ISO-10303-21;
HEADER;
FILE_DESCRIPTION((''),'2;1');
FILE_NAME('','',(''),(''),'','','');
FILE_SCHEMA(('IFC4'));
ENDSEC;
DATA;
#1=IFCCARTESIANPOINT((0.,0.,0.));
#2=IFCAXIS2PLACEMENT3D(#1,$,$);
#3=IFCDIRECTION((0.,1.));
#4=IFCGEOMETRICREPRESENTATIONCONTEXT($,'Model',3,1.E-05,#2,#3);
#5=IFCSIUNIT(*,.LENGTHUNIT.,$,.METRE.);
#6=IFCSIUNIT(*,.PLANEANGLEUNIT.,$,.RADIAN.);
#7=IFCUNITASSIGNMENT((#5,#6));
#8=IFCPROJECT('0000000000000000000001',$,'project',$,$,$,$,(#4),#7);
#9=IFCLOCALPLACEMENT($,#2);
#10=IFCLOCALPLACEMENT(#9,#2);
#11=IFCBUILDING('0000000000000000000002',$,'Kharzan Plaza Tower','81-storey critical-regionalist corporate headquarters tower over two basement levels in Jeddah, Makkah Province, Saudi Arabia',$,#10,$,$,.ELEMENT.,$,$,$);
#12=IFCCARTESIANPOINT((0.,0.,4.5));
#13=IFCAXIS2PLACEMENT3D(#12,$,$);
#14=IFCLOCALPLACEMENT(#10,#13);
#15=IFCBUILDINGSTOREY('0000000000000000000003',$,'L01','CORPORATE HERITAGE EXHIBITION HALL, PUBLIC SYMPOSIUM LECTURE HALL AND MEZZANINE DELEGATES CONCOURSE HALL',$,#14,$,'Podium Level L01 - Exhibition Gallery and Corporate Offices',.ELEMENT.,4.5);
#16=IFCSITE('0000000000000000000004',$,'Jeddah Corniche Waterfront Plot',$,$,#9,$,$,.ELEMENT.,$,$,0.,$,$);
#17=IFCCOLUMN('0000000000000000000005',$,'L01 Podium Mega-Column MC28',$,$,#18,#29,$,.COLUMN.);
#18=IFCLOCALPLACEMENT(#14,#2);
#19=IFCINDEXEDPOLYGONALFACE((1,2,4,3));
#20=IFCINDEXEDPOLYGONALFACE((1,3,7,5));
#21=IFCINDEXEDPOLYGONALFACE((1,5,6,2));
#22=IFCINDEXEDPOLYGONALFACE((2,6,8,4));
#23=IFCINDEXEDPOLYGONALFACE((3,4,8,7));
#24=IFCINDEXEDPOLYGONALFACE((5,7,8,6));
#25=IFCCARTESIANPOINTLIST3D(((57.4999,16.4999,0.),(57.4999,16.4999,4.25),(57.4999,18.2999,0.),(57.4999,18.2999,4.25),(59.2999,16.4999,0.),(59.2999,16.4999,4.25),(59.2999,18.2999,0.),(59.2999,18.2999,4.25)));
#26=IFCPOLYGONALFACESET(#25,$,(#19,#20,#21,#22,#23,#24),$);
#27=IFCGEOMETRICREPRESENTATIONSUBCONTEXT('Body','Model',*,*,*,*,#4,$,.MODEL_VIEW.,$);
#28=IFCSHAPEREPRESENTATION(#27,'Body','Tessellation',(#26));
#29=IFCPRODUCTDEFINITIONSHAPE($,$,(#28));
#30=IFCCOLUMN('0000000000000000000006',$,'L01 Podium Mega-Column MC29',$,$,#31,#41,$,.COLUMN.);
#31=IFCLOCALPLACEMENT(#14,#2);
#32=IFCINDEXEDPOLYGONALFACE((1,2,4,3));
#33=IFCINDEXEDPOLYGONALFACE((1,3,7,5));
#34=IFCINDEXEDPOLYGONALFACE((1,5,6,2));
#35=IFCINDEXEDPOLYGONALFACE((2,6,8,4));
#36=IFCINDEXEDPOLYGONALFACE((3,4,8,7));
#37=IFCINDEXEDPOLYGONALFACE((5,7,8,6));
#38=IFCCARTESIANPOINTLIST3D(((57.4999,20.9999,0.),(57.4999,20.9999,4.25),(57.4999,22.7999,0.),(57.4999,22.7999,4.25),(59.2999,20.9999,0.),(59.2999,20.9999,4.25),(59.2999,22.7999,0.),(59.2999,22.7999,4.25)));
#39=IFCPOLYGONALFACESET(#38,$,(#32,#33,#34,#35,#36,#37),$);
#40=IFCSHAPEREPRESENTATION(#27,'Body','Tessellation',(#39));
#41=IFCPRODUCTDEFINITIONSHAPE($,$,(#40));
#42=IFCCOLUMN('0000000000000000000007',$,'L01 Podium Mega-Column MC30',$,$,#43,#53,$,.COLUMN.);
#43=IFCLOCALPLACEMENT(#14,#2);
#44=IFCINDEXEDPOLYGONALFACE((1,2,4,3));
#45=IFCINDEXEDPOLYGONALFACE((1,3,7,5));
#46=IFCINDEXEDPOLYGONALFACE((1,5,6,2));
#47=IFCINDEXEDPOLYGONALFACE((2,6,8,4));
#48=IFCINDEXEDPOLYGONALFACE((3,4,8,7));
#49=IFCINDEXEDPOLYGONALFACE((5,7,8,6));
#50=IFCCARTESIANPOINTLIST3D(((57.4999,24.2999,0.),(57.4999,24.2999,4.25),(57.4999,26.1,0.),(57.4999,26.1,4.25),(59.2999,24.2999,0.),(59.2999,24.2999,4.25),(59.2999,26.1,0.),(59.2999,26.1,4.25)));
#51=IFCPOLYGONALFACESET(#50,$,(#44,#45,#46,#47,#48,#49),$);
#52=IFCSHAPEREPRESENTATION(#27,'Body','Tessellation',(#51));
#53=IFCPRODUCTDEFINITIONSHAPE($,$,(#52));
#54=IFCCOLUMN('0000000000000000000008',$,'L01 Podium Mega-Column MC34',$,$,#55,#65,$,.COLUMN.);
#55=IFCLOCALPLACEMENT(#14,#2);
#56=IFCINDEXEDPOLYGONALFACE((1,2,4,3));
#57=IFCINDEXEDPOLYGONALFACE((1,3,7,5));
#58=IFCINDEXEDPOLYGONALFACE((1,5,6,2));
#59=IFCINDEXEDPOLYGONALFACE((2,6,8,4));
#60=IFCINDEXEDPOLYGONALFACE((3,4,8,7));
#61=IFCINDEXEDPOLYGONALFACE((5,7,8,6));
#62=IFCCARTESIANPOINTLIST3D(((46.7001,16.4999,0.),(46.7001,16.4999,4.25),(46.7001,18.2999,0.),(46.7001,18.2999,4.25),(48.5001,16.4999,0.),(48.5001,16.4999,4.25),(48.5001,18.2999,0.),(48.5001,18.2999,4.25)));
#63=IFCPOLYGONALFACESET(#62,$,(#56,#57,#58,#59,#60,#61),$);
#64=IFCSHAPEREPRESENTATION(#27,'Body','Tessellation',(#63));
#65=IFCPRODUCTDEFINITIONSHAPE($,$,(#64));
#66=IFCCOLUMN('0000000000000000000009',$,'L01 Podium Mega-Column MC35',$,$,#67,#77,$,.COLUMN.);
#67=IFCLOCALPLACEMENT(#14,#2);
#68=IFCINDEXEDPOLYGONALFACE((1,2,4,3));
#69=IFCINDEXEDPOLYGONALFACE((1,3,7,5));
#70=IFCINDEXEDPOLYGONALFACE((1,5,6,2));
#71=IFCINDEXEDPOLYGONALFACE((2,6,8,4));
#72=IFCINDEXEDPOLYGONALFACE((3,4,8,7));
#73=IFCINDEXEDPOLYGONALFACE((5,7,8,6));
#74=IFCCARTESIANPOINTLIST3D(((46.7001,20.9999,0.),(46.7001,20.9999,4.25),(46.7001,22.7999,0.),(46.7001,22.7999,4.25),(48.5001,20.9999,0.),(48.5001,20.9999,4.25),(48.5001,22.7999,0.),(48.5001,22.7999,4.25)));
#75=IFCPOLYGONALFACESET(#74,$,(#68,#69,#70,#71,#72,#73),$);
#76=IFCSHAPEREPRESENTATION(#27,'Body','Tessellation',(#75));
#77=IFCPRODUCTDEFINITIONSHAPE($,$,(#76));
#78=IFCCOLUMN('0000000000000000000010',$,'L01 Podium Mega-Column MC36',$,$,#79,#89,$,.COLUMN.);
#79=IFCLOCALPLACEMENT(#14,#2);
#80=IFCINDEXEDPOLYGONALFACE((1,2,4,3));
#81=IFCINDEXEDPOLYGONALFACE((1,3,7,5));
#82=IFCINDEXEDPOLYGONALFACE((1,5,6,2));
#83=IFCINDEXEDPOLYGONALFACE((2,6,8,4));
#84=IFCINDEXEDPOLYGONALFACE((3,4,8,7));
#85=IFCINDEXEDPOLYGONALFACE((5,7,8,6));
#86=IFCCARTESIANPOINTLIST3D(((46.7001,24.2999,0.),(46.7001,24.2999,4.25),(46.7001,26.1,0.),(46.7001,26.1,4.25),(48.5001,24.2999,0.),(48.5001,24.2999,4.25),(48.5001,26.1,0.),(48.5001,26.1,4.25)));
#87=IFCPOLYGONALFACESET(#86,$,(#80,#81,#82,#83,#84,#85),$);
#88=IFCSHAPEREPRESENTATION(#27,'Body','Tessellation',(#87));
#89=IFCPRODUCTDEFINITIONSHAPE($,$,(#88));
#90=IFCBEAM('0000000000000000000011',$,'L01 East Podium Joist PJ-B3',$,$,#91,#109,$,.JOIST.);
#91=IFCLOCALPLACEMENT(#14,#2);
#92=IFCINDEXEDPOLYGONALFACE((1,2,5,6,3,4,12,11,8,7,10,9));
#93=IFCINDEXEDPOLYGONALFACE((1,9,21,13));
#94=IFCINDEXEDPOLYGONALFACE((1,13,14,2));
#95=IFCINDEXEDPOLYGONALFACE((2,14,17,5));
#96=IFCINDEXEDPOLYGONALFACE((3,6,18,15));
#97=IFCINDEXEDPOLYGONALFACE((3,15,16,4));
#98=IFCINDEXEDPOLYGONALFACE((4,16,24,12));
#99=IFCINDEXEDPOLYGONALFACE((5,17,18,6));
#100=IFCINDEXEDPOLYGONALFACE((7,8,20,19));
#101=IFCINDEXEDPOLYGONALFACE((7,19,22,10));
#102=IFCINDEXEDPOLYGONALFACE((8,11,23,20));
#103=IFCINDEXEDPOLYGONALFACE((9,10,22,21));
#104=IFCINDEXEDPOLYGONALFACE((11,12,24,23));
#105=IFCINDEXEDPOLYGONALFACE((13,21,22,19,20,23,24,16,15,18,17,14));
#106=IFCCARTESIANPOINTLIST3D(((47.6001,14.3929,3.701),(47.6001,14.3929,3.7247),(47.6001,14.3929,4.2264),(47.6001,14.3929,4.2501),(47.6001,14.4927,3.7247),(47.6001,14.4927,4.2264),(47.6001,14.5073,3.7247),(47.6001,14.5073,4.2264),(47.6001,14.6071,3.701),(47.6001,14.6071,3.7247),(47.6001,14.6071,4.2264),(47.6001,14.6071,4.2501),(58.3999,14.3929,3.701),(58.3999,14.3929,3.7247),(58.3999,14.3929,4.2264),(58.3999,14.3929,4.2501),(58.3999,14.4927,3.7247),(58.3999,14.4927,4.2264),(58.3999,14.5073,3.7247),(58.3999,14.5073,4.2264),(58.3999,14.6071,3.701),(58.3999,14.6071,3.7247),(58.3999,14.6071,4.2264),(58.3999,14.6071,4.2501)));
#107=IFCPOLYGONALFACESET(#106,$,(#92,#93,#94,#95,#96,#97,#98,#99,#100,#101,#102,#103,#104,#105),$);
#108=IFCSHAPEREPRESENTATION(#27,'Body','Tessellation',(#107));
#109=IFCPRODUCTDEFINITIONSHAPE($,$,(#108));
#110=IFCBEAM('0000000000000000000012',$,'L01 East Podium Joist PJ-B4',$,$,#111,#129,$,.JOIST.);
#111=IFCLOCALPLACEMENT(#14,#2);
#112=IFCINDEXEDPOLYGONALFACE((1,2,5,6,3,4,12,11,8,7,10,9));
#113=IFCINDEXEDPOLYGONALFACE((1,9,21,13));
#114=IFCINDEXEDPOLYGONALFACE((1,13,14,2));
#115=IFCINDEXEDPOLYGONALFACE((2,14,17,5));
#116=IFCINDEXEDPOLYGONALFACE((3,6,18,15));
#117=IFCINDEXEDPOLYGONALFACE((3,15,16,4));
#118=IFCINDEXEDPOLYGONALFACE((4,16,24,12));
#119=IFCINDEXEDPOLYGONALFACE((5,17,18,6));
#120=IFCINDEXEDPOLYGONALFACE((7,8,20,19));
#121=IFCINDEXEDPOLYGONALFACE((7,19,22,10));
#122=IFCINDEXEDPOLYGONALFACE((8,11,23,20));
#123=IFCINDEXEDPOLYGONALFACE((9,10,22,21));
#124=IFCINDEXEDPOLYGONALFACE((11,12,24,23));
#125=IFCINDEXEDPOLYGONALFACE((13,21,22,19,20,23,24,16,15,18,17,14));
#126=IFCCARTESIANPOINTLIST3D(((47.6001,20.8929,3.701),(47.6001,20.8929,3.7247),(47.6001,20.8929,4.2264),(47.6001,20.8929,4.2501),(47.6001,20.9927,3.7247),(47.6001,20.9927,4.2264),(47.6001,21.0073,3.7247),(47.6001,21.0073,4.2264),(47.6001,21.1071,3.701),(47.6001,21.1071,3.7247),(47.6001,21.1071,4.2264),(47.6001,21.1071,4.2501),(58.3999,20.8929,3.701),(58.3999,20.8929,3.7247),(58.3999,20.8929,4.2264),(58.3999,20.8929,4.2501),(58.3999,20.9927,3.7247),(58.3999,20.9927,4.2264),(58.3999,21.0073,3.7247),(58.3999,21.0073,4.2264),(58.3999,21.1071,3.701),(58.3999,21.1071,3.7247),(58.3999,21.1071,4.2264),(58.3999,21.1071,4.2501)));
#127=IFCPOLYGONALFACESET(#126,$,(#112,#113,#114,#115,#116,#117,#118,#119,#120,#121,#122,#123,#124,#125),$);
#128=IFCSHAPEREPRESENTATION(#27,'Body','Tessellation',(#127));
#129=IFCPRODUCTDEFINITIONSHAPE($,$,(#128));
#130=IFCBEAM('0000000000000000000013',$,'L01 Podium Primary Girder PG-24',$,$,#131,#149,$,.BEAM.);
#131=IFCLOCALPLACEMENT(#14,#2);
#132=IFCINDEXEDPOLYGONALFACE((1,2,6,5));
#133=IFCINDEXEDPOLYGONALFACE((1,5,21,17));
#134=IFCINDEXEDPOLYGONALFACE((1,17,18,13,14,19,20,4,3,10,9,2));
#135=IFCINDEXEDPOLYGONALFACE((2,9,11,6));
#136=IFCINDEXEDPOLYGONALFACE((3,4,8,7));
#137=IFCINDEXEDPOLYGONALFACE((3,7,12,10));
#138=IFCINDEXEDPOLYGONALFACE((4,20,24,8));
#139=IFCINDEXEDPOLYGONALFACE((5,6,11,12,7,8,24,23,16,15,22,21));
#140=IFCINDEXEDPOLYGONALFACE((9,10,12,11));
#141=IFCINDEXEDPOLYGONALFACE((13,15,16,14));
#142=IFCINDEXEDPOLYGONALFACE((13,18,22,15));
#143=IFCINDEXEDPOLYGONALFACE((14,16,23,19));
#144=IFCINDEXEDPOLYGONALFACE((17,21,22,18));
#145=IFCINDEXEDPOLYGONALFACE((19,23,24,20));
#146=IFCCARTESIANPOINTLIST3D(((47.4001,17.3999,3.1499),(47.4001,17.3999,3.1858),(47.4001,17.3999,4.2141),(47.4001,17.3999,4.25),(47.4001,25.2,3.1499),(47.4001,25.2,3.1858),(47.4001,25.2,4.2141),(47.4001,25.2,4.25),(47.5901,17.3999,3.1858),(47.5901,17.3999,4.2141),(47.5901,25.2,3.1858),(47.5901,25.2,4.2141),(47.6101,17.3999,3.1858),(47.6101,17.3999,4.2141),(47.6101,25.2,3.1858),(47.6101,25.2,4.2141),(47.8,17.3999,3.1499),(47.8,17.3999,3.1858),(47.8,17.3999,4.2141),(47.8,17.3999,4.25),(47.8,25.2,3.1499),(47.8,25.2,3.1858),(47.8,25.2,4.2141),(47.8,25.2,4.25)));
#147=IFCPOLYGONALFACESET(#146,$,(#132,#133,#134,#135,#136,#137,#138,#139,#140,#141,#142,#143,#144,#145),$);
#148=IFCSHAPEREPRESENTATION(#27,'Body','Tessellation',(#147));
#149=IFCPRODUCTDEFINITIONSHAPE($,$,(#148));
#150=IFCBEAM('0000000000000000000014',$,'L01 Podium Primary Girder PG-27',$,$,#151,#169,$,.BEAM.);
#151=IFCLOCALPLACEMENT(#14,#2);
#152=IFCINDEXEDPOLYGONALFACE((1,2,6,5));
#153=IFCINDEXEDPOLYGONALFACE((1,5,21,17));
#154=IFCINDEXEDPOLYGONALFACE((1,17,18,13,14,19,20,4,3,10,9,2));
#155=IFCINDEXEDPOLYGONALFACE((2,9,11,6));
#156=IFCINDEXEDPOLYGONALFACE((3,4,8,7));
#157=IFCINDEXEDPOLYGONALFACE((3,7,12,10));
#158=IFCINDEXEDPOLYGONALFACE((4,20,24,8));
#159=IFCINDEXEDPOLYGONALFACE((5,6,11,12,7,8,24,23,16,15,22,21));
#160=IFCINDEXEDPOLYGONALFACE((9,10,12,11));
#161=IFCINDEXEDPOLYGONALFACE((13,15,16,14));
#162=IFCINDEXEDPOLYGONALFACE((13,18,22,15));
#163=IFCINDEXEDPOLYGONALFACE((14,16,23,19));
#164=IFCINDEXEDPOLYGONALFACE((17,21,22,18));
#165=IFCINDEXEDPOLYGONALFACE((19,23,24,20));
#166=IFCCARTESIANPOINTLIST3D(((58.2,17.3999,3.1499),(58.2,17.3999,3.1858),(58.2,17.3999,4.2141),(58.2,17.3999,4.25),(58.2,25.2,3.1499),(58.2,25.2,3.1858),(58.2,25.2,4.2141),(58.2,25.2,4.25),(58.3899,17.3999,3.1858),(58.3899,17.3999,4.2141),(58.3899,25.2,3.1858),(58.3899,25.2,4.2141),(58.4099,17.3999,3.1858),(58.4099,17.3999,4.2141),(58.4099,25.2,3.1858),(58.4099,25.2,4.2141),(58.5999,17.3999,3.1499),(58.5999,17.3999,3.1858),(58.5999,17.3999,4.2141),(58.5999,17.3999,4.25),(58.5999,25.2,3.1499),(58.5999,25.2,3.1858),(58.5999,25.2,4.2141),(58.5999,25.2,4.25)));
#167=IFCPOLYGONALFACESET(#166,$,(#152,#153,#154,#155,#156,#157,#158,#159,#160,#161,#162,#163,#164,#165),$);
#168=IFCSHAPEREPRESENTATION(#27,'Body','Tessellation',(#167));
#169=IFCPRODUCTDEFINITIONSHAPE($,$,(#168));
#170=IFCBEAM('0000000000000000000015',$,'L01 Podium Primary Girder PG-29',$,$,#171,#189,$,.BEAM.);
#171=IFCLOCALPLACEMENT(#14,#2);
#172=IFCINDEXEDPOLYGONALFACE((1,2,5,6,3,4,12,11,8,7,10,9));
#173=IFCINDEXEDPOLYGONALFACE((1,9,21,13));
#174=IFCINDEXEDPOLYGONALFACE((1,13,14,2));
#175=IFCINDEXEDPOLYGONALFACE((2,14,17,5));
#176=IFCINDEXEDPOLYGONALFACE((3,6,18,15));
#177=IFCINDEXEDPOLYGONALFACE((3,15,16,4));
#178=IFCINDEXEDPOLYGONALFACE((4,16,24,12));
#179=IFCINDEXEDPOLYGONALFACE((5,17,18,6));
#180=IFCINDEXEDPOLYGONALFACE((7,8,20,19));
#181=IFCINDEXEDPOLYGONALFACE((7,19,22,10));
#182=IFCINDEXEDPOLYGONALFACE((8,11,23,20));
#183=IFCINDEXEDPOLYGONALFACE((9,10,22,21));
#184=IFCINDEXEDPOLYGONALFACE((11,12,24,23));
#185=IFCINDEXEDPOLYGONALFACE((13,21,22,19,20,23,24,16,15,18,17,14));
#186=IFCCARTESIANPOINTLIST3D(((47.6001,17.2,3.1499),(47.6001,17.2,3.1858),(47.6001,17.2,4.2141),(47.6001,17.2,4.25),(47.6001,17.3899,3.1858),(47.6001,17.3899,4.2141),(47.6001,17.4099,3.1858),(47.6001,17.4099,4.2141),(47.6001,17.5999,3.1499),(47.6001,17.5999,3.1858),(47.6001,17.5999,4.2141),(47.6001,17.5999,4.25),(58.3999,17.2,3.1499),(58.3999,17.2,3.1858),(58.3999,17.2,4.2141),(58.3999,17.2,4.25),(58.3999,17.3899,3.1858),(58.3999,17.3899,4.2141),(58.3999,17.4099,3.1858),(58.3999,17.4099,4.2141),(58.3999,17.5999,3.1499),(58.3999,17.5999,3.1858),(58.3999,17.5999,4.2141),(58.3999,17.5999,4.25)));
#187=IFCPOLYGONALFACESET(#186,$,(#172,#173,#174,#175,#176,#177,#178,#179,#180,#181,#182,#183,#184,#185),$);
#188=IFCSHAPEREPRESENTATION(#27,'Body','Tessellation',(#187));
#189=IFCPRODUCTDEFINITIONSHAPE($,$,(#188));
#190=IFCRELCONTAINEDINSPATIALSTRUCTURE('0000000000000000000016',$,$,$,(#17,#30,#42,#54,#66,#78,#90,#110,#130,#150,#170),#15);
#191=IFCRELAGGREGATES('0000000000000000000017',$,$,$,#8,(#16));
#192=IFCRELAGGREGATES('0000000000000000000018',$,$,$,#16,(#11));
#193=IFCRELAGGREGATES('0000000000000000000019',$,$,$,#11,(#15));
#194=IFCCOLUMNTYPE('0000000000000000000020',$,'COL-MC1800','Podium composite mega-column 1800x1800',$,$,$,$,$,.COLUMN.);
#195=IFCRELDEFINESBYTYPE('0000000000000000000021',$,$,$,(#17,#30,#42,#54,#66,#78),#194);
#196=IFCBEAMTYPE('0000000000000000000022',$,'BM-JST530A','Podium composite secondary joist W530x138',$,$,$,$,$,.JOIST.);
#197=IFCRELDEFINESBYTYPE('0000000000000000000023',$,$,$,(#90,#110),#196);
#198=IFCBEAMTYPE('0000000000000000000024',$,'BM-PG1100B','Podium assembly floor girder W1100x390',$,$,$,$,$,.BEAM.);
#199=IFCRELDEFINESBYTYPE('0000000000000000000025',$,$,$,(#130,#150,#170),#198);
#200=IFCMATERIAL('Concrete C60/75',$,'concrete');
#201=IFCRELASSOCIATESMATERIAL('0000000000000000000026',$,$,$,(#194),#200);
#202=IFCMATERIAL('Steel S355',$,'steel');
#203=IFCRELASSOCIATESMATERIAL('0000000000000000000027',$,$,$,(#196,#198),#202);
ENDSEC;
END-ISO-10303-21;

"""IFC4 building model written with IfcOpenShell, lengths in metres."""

from ifc_helpers import new_model, si_unit, direction, frame, origin, origin_2d, place, context, subcontext, project, spatial, rectangle, i_section, extrude, source, transform, mapped, material, material_profile, profile_set, type_object, element, save


model = new_model("IFC4")

# Units and contexts
model_context = context("Model", 3, precision=1e-05, world=origin(), true_north=direction((0.0, 1.0)))
body_context = subcontext(model_context, "Body", "Model", "MODEL_VIEW")
ifc_project = project(units=[si_unit("LENGTHUNIT", "METRE"), si_unit("PLANEANGLEUNIT", "RADIAN")], contexts=[model_context])

# Site, building, storey
site_placement = place(None, origin())
site = spatial("IfcSite", under=ifc_project, at=site_placement, Name="Jeddah Corniche Waterfront Plot", CompositionType="ELEMENT", RefElevation=0.0)
building_placement = place(site_placement, origin())
building = spatial("IfcBuilding", under=site, at=building_placement, Name="Kharzan Plaza Tower", Description="81-storey critical-regionalist corporate headquarters tower over two basement levels in Jeddah, Makkah Province, Saudi Arabia", CompositionType="ELEMENT")
storey_placement = place(building_placement, frame((0.0, 0.0, 4.5)))
storey = spatial("IfcBuildingStorey", under=building, at=storey_placement, Name="L01", Description="CORPORATE HERITAGE EXHIBITION HALL, PUBLIC SYMPOSIUM LECTURE HALL AND MEZZANINE DELEGATES CONCOURSE HALL", LongName="Podium Level L01 - Exhibition Gallery and Corporate Offices", CompositionType="ELEMENT", Elevation=4.5)

# Columns
ifc_material_1 = material(Name="Concrete C60/75", Category="concrete")
ifc_material_profile_1 = material_profile(ifc_material_1, rectangle(XDim=1.8, YDim=1.8, at=origin_2d()), Name="RC-MC1800x1800")
ifc_profile_set_1 = profile_set([ifc_material_profile_1], Name="Concrete C60/75")
column_type = type_object("IfcColumnType", Name="COL-MC1800", Description="Podium composite mega-column 1800x1800", PredefinedType="COLUMN", material=ifc_profile_set_1)
shared_shape_1 = source(origin(), body_context, "Body", "SweptSolid", [
    extrude(rectangle(XDim=1.8, YDim=1.8, at=origin_2d()), origin(), (0.0, 0.0, 1.0), 4.25),
])
for number, where, z_axis, x_axis, name in (
    (1, (58.3999, 17.3999, 0.0), (0.0, 0.0, 1.0), (1.0, 0.0, 0.0), "L01 Podium Mega-Column MC28"),
    (2, (58.3999, 21.8999, 0.0), (0.0, 0.0, 1.0), (1.0, 0.0, 0.0), "L01 Podium Mega-Column MC29"),
    (3, (58.3999, 25.2, 0.0), (0.0, 0.0, 1.0), (1.0, 0.0, 0.0), "L01 Podium Mega-Column MC30"),
    (4, (47.6001, 17.3999, 0.0), (0.0, 0.0, 1.0), (1.0, 0.0, 0.0), "L01 Podium Mega-Column MC34"),
    (5, (47.6001, 21.8999, 0.0), (0.0, 0.0, 1.0), (1.0, 0.0, 0.0), "L01 Podium Mega-Column MC35"),
    (6, (47.6001, 25.2, 0.0), (0.0, 0.0, 1.0), (1.0, 0.0, 0.0), "L01 Podium Mega-Column MC36"),
):
    element("IfcColumn", number, at=place(storey_placement, frame(where, z_axis=z_axis, x_axis=x_axis)), inside=storey, type_object=column_type, Name=name, PredefinedType="COLUMN", context=body_context, shape_type="MappedRepresentation", body=[
        mapped(shared_shape_1, transform((0.0, 0.0, 0.0), x_axis=(1.0, 0.0, 0.0), y_axis=(0.0, 1.0, 0.0), z_axis=(0.0, 0.0, 1.0))),
    ])

# Beams
ifc_material_2 = material(Name="Steel S355", Category="steel")
ifc_material_profile_2 = material_profile(ifc_material_2, i_section(OverallWidth=0.2141, OverallDepth=0.5491, WebThickness=0.0146, FlangeThickness=0.0237, at=origin_2d()), Name="W530x138")
ifc_profile_set_2 = profile_set([ifc_material_profile_2], Name="Steel S355")
beam_type_1 = type_object("IfcBeamType", Name="BM-JST530A", Description="Podium composite secondary joist W530x138", PredefinedType="JOIST", material=ifc_profile_set_2)
shared_shape_2 = source(origin(), body_context, "Body", "SweptSolid", [
    extrude(i_section(OverallWidth=0.2141, OverallDepth=0.5491, WebThickness=0.0146, FlangeThickness=0.0237, at=origin_2d()), origin(), (0.0, 0.0, 1.0), 10.7998),
])
for number, where, z_axis, x_axis, name in (
    (7, (47.6001, 14.5, 3.9756), (1.0, 0.0, 0.0), (0.0, 1.0, 0.0), "L01 East Podium Joist PJ-B3"),
    (8, (47.6001, 21.0, 3.9756), (1.0, 0.0, 0.0), (0.0, 1.0, 0.0), "L01 East Podium Joist PJ-B4"),
):
    element("IfcBeam", number, at=place(storey_placement, frame(where, z_axis=z_axis, x_axis=x_axis)), inside=storey, type_object=beam_type_1, Name=name, PredefinedType="JOIST", context=body_context, shape_type="MappedRepresentation", body=[
        mapped(shared_shape_2, transform((0.0, 0.0, 0.0), x_axis=(1.0, 0.0, 0.0), y_axis=(0.0, 1.0, 0.0), z_axis=(0.0, 0.0, 1.0))),
    ])
ifc_material_profile_3 = material_profile(ifc_material_2, i_section(OverallWidth=0.3999, OverallDepth=1.1001, WebThickness=0.02, FlangeThickness=0.0359, at=origin_2d()), Name="W1100x390")
ifc_profile_set_3 = profile_set([ifc_material_profile_3], Name="Steel S355")
beam_type_2 = type_object("IfcBeamType", Name="BM-PG1100B", Description="Podium assembly floor girder W1100x390", PredefinedType="BEAM", material=ifc_profile_set_3)
shared_shape_3 = source(origin(), body_context, "Body", "SweptSolid", [
    extrude(i_section(OverallWidth=0.3999, OverallDepth=1.1001, WebThickness=0.02, FlangeThickness=0.0359, at=origin_2d()), origin(), (0.0, 0.0, 1.0), 7.8),
])
for number, where, z_axis, x_axis, name in (
    (9, (47.6001, 17.3999, 3.7), (0.0, 1.0, 0.0), (-1.0, 0.0, 0.0), "L01 Podium Primary Girder PG-24"),
    (10, (58.3999, 17.3999, 3.7), (0.0, 1.0, 0.0), (-1.0, 0.0, 0.0), "L01 Podium Primary Girder PG-27"),
):
    element("IfcBeam", number, at=place(storey_placement, frame(where, z_axis=z_axis, x_axis=x_axis)), inside=storey, type_object=beam_type_2, Name=name, PredefinedType="BEAM", context=body_context, shape_type="MappedRepresentation", body=[
        mapped(shared_shape_3, transform((0.0, 0.0, 0.0), x_axis=(1.0, 0.0, 0.0), y_axis=(0.0, 1.0, 0.0), z_axis=(0.0, 0.0, 1.0))),
    ])
shared_shape_4 = source(origin(), body_context, "Body", "SweptSolid", [
    extrude(i_section(OverallWidth=0.3999, OverallDepth=1.1001, WebThickness=0.02, FlangeThickness=0.0359, at=origin_2d()), origin(), (0.0, 0.0, 1.0), 10.7998),
])
beam_placement = place(storey_placement, frame((47.6001, 17.3999, 3.7), z_axis=(1.0, 0.0, 0.0), x_axis=(0.0, 1.0, 0.0)))
element("IfcBeam", 11, at=beam_placement, inside=storey, type_object=beam_type_2, Name="L01 Podium Primary Girder PG-29", PredefinedType="BEAM", context=body_context, shape_type="MappedRepresentation", body=[
    mapped(shared_shape_4, transform((0.0, 0.0, 0.0), x_axis=(1.0, 0.0, 0.0), y_axis=(0.0, 1.0, 0.0), z_axis=(0.0, 0.0, 1.0))),
])

save(model, "model.ifc")
